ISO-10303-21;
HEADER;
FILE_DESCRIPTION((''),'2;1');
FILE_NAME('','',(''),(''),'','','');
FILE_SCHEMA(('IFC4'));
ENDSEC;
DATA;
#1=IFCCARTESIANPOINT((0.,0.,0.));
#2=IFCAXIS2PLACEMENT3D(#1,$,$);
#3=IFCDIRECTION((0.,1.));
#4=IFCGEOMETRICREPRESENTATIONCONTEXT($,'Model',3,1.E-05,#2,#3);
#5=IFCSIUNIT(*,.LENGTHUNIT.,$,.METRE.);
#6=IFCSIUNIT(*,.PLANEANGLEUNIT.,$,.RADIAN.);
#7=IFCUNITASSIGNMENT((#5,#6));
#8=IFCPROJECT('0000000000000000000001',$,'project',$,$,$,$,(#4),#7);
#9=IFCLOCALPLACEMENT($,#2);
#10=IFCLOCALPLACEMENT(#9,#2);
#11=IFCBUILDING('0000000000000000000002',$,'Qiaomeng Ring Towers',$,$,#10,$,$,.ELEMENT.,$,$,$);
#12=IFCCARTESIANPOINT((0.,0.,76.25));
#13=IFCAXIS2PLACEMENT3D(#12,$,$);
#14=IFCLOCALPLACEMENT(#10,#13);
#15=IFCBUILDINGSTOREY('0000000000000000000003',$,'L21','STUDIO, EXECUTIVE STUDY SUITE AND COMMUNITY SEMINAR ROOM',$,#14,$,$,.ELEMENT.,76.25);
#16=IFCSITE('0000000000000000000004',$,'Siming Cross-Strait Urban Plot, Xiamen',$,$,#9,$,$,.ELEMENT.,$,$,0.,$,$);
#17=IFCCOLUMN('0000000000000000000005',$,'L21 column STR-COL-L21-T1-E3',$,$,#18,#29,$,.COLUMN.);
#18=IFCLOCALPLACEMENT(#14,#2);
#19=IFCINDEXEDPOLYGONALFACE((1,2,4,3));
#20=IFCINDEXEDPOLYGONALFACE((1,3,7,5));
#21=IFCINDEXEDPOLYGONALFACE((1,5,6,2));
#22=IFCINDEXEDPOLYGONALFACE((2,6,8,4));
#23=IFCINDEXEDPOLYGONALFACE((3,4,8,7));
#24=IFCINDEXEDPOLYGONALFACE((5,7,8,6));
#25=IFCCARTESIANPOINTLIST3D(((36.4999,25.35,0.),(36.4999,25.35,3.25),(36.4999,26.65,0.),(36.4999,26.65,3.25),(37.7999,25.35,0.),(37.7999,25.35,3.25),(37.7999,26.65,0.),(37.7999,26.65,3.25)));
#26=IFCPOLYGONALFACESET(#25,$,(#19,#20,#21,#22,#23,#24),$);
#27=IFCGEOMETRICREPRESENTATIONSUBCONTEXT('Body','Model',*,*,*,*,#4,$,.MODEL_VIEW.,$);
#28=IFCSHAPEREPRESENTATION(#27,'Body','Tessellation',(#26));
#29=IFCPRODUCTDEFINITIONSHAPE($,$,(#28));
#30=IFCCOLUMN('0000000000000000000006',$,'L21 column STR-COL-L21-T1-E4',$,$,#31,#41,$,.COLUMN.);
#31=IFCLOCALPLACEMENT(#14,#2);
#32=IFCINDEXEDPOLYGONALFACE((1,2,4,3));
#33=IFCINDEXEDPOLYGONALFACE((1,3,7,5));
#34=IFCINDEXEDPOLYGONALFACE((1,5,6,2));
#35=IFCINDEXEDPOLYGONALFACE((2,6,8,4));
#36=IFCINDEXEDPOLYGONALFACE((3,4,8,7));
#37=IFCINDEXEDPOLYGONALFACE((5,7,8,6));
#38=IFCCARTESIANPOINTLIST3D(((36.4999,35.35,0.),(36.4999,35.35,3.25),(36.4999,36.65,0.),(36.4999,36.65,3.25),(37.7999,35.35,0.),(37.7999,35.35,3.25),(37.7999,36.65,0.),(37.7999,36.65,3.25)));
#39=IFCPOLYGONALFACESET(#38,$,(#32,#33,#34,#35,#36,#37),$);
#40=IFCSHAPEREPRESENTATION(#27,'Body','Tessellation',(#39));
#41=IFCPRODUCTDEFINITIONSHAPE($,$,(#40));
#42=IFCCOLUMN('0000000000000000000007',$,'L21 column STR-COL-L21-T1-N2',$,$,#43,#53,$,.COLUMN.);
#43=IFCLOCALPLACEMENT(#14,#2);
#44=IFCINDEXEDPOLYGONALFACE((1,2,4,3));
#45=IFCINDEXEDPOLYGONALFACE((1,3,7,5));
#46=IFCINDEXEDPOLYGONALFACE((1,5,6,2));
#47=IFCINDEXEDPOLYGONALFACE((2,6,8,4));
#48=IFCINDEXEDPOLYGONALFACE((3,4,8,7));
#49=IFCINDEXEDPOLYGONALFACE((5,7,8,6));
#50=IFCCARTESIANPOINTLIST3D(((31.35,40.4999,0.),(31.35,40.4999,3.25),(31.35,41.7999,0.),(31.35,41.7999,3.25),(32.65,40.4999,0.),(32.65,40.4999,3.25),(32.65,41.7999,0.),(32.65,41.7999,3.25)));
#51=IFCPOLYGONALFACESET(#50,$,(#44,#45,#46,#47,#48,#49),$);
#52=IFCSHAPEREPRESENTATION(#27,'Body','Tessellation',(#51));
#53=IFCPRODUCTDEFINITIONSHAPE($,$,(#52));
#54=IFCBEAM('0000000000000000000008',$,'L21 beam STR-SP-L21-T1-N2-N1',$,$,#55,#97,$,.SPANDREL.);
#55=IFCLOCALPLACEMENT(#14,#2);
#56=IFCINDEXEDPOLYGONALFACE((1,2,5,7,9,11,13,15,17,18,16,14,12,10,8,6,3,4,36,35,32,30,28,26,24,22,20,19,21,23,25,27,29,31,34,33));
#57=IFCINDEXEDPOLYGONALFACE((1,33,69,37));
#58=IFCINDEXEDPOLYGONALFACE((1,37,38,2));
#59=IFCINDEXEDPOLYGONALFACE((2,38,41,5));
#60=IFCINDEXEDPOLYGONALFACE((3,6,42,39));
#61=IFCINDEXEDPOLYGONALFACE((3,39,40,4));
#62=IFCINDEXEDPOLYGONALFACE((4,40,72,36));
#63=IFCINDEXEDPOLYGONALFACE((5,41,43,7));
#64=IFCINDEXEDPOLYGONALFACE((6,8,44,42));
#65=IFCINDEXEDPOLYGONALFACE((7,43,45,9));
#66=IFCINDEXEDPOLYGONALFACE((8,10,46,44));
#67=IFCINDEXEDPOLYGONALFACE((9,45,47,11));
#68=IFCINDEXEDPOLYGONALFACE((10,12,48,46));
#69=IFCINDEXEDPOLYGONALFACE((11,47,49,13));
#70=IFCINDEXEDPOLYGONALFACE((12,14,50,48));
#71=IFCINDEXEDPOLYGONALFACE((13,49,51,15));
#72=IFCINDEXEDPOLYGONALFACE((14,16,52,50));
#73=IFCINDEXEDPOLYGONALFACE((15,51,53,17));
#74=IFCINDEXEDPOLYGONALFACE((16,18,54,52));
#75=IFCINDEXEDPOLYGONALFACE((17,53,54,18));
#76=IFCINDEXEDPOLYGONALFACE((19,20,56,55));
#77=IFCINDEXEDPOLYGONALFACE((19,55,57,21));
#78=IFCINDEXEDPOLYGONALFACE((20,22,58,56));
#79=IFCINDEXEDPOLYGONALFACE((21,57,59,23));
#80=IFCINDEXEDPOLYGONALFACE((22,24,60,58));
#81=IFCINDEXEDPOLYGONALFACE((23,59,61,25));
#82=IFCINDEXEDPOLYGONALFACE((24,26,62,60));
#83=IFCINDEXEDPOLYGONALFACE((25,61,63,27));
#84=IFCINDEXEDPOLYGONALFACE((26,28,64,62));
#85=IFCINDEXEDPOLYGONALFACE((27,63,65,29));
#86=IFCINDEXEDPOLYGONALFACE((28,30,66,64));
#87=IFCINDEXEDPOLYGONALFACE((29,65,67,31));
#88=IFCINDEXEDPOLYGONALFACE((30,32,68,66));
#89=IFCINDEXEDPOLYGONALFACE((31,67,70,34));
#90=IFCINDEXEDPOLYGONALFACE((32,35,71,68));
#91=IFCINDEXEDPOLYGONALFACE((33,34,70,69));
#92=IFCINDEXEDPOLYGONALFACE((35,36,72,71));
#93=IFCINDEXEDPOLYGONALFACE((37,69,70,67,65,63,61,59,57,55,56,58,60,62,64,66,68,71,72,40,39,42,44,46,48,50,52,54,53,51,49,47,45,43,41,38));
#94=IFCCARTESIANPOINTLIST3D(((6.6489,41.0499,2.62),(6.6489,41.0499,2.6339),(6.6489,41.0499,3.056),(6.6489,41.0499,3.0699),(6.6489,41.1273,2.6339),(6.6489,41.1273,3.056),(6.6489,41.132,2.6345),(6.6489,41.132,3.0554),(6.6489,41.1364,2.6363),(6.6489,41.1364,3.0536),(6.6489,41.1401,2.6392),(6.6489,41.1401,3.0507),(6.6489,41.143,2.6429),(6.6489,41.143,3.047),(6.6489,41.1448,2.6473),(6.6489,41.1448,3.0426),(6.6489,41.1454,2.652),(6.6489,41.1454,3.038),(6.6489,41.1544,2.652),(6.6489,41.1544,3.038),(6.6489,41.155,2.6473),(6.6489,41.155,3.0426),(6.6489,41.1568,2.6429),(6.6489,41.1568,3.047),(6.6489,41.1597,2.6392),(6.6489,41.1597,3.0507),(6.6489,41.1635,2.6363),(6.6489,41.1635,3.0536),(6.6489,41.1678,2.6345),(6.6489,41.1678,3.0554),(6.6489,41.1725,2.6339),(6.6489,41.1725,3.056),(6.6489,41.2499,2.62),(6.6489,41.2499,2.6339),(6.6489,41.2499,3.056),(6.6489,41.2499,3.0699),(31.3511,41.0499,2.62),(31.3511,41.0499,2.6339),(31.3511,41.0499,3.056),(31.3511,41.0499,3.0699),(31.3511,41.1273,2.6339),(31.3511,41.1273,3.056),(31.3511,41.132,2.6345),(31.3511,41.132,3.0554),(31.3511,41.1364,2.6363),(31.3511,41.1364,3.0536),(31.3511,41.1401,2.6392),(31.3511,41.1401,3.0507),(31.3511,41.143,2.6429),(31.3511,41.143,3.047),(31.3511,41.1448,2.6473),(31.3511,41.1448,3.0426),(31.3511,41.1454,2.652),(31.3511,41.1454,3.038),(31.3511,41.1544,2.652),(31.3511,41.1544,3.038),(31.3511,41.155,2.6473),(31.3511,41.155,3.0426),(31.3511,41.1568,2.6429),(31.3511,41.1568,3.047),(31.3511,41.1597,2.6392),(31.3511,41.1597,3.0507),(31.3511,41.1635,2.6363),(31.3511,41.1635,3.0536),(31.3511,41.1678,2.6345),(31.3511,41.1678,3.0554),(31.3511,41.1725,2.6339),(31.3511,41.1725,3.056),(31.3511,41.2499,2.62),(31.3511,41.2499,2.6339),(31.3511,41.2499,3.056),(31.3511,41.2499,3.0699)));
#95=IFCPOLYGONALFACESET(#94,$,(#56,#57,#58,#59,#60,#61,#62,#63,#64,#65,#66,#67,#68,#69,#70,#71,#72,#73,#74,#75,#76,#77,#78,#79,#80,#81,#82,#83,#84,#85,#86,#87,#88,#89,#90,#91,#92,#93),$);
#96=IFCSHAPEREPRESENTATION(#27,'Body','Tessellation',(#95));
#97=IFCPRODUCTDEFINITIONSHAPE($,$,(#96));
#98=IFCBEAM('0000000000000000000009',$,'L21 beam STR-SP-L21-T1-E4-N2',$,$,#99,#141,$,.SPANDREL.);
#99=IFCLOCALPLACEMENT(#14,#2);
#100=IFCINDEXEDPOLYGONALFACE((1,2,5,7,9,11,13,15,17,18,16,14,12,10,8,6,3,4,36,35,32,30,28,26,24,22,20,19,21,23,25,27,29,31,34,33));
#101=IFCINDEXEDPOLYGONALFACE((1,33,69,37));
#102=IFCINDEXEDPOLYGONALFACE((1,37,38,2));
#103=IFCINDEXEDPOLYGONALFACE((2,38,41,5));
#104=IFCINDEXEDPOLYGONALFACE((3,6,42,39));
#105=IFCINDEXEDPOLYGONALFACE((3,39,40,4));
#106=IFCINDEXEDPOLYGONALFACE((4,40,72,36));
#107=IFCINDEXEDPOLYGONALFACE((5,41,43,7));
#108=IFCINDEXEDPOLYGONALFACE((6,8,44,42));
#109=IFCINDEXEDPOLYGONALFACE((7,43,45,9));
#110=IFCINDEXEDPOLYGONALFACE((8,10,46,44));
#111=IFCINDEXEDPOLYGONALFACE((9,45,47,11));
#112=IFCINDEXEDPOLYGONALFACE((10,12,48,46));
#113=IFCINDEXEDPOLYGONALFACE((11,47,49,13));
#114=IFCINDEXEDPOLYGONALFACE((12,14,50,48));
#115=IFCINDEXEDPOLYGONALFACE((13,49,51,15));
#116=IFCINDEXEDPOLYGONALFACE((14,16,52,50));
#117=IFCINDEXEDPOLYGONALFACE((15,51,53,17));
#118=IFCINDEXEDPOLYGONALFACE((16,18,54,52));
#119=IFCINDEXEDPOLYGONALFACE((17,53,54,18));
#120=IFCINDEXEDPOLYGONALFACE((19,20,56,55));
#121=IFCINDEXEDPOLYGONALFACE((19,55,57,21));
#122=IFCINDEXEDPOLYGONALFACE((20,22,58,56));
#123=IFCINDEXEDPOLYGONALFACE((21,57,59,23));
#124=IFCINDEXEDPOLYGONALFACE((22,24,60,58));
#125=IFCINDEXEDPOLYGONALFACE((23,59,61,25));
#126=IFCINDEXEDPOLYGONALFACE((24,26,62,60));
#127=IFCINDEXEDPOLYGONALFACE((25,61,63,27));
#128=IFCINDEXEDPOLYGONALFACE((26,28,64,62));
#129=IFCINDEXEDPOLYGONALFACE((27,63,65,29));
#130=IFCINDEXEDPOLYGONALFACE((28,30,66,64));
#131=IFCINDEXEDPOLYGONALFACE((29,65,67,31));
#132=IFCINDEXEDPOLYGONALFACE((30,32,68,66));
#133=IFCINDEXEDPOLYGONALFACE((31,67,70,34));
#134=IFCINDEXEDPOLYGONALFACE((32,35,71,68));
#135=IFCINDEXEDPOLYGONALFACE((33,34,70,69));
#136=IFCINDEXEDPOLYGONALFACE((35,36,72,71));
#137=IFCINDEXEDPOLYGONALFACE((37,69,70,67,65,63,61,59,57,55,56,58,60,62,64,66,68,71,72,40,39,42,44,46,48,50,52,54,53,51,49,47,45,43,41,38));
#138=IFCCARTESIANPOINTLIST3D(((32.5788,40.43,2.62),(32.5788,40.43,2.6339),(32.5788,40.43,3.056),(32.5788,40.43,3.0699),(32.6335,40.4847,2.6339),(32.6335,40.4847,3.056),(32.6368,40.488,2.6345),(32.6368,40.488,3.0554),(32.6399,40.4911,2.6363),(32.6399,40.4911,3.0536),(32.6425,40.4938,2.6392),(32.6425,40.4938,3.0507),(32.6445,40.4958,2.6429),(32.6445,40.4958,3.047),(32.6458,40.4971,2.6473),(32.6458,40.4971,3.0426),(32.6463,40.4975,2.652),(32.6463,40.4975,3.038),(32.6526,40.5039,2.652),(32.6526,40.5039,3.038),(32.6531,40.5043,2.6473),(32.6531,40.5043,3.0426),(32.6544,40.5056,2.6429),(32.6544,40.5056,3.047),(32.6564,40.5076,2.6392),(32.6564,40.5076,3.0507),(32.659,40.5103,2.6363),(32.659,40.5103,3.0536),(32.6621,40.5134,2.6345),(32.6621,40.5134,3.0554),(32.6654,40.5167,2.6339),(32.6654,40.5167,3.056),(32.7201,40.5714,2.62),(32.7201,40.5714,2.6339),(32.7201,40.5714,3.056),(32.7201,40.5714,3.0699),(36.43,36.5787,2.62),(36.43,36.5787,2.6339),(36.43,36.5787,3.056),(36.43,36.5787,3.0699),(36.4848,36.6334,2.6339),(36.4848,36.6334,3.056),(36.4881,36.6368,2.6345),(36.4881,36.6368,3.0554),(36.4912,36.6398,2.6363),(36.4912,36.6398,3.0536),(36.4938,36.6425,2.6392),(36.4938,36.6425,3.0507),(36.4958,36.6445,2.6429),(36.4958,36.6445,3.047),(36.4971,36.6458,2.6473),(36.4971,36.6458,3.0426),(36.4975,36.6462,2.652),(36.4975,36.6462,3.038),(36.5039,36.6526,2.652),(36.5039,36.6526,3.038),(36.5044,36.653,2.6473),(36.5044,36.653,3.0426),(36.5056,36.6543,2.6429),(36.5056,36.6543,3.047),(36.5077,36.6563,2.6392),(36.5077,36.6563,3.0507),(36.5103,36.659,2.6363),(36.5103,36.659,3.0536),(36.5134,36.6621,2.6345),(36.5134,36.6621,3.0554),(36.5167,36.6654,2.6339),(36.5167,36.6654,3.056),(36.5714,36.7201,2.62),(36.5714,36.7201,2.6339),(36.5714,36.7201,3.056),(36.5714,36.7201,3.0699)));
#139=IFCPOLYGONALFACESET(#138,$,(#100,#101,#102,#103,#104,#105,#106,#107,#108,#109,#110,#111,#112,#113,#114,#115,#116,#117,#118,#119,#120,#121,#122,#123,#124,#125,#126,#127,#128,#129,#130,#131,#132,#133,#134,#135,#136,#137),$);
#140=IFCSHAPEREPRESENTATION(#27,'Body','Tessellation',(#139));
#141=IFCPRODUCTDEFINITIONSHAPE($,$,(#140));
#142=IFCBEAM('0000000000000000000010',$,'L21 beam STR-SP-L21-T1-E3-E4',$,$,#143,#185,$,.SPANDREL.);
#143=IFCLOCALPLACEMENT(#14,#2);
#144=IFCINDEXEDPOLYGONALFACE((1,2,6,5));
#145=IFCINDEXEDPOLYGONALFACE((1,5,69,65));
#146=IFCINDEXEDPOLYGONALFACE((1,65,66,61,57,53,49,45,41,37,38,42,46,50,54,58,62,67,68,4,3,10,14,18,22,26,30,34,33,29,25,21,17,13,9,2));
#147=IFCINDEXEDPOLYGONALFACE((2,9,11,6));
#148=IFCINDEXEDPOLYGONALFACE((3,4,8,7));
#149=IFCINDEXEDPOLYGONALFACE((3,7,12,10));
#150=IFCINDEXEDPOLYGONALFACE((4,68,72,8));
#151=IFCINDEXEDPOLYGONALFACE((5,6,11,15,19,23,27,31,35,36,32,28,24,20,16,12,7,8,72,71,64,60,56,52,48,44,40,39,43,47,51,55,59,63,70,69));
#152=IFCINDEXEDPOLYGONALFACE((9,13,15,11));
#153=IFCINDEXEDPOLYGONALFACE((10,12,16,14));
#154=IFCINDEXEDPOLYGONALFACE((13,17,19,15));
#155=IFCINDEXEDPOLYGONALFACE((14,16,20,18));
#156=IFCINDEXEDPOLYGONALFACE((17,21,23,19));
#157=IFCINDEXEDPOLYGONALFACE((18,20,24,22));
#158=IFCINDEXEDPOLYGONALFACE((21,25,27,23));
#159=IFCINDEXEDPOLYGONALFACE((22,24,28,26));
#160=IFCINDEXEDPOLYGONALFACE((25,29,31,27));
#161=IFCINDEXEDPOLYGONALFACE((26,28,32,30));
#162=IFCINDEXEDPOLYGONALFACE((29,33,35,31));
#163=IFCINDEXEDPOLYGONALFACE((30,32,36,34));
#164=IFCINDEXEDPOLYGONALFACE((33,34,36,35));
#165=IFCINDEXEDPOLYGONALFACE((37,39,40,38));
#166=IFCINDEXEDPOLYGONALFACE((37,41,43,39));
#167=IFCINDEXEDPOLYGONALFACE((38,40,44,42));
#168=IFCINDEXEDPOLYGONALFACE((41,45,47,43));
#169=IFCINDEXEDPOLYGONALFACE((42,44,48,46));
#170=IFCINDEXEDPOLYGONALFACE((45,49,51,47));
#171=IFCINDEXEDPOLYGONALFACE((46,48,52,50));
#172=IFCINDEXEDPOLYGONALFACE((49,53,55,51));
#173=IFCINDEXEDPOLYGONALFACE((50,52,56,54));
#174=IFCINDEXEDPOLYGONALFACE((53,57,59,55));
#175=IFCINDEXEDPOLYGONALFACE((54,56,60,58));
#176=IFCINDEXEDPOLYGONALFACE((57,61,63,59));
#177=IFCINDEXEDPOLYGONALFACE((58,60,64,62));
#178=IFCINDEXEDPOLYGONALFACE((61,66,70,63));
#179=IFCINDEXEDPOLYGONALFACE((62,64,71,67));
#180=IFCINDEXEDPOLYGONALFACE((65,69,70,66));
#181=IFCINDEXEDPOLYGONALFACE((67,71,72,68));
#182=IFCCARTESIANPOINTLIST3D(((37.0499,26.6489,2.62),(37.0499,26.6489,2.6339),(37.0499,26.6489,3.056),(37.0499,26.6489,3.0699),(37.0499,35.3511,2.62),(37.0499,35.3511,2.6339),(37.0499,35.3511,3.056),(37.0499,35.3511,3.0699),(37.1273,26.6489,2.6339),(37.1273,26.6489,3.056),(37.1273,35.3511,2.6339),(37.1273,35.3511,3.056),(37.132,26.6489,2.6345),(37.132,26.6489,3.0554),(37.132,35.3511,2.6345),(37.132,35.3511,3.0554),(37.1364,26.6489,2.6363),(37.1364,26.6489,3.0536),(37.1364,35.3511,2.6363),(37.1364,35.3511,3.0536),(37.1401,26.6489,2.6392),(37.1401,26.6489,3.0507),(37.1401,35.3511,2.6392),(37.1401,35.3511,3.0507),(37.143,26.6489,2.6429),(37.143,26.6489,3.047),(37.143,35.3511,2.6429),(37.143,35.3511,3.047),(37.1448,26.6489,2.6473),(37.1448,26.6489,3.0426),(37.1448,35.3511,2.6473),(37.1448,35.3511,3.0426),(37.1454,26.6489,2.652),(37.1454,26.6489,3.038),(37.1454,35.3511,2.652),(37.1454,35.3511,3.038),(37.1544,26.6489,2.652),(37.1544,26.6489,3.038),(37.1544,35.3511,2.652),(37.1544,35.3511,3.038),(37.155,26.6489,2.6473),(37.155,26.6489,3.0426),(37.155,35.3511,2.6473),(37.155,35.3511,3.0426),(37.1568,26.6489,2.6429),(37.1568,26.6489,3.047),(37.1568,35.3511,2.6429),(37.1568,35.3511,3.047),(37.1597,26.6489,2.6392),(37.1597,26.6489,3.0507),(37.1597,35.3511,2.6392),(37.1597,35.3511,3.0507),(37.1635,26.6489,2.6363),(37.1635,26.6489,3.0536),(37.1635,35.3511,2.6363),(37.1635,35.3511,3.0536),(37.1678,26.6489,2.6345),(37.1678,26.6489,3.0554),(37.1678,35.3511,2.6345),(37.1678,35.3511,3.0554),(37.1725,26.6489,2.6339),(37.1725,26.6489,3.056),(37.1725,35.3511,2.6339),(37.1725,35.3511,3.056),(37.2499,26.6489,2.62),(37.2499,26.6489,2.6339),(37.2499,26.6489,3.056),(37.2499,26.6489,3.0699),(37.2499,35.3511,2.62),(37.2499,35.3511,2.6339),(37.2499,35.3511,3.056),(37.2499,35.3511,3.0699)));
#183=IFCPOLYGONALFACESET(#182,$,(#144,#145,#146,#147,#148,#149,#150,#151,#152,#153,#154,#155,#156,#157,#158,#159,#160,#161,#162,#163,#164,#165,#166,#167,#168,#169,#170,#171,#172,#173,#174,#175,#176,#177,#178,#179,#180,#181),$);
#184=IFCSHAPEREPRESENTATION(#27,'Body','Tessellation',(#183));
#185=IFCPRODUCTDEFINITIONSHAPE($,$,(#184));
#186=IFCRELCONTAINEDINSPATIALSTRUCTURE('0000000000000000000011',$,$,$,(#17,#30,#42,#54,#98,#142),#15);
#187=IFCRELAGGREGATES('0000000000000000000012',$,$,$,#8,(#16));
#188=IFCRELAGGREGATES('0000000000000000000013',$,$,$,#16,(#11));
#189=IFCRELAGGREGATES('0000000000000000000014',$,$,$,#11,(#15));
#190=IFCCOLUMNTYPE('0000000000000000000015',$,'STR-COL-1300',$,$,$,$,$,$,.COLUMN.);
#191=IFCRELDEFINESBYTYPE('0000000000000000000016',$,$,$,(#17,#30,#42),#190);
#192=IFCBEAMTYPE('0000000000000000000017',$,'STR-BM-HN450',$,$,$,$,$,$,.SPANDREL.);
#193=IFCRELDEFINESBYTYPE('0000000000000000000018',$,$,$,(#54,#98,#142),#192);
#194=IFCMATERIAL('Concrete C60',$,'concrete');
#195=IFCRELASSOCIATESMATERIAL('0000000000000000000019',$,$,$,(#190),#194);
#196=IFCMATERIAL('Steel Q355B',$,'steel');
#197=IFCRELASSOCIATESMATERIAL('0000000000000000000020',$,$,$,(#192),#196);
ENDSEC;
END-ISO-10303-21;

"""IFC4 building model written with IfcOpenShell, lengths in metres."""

from ifc_helpers import new_model, si_unit, direction, frame, origin, origin_2d, place, context, subcontext, project, spatial, rectangle, i_section, extrude, source, transform, mapped, material, material_profile, profile_set, type_object, element, save


model = new_model("IFC4")

# Units and contexts
model_context = context("Model", 3, precision=1e-05, world=origin(), true_north=direction((0.0, 1.0)))
body_context = subcontext(model_context, "Body", "Model", "MODEL_VIEW")
ifc_project = project(units=[si_unit("LENGTHUNIT", "METRE"), si_unit("PLANEANGLEUNIT", "RADIAN")], contexts=[model_context])

# Site, building, storey
site_placement = place(None, origin())
site = spatial("IfcSite", under=ifc_project, at=site_placement, Name="Siming Cross-Strait Urban Plot, Xiamen", CompositionType="ELEMENT", RefElevation=0.0)
building_placement = place(site_placement, origin())
building = spatial("IfcBuilding", under=site, at=building_placement, Name="Qiaomeng Ring Towers", CompositionType="ELEMENT")
storey_placement = place(building_placement, frame((0.0, 0.0, 76.25)))
storey = spatial("IfcBuildingStorey", under=building, at=storey_placement, Name="L21", Description="STUDIO, EXECUTIVE STUDY SUITE AND COMMUNITY SEMINAR ROOM", CompositionType="ELEMENT", Elevation=76.25)

# Columns
ifc_material_1 = material(Name="Concrete C60", Category="concrete")
ifc_material_profile_1 = material_profile(ifc_material_1, rectangle(XDim=1.3, YDim=1.3, at=origin_2d()), Name="RC COL 1300x1300")
ifc_profile_set_1 = profile_set([ifc_material_profile_1], Name="Concrete C60")
column_type = type_object("IfcColumnType", Name="STR-COL-1300", PredefinedType="COLUMN", material=ifc_profile_set_1)
shared_shape_1 = source(origin(), body_context, "Body", "SweptSolid", [
    extrude(rectangle(XDim=1.3, YDim=1.3, at=origin_2d()), origin(), (0.0, 0.0, 1.0), 3.25),
])
for number, where, z_axis, x_axis, name in (
    (1, (37.1499, 26.0, 0.0), (0.0, 0.0, 1.0), (1.0, 0.0, 0.0), "L21 column STR-COL-L21-T1-E3"),
    (2, (37.1499, 36.0, 0.0), (0.0, 0.0, 1.0), (1.0, 0.0, 0.0), "L21 column STR-COL-L21-T1-E4"),
    (3, (32.0, 41.1499, 0.0), (0.0, 0.0, 1.0), (1.0, 0.0, 0.0), "L21 column STR-COL-L21-T1-N2"),
):
    element("IfcColumn", number, at=place(storey_placement, frame(where, z_axis=z_axis, x_axis=x_axis)), inside=storey, type_object=column_type, Name=name, PredefinedType="COLUMN", context=body_context, shape_type="MappedRepresentation", body=[
        mapped(shared_shape_1, transform((0.0, 0.0, 0.0), x_axis=(1.0, 0.0, 0.0), y_axis=(0.0, 1.0, 0.0), z_axis=(0.0, 0.0, 1.0), scale=1.0)),
    ])

# Beams
ifc_material_2 = material(Name="Steel Q355B", Category="steel")
ifc_material_profile_2 = material_profile(ifc_material_2, i_section(OverallWidth=0.2, OverallDepth=0.45, WebThickness=0.009, FlangeThickness=0.0139, FilletRadius=0.0181, at=origin_2d()), Name="HN 450x200x9x14")
ifc_profile_set_2 = profile_set([ifc_material_profile_2], Name="Steel Q355B")
beam_type_1 = type_object("IfcBeamType", Name="STR-BM-HN450", PredefinedType="SPANDREL", material=ifc_profile_set_2)
shared_shape_2 = source(origin(), body_context, "Body", "SweptSolid", [
    extrude(i_section(OverallWidth=0.2, OverallDepth=0.45, WebThickness=0.009, FlangeThickness=0.0139, FilletRadius=0.0181, at=origin_2d()), origin(), (0.0, 0.0, 1.0), 24.7021),
])
beam_1_placement = place(storey_placement, frame((31.3511, 41.1499, 2.845), z_axis=(-1.0, 0.0, 0.0), x_axis=(0.0, -1.0, 0.0)))
element("IfcBeam", 4, at=beam_1_placement, inside=storey, type_object=beam_type_1, Name="L21 beam STR-SP-L21-T1-N2-N1", PredefinedType="SPANDREL", context=body_context, shape_type="MappedRepresentation", body=[
    mapped(shared_shape_2, transform((0.0, 0.0, 0.0), x_axis=(1.0, 0.0, 0.0), y_axis=(0.0, 1.0, 0.0), z_axis=(0.0, 0.0, 1.0), scale=1.0)),
])
shared_shape_3 = source(origin(), body_context, "Body", "SweptSolid", [
    extrude(i_section(OverallWidth=0.2, OverallDepth=0.45, WebThickness=0.009, FlangeThickness=0.0139, FilletRadius=0.0181, at=origin_2d()), origin(), (0.0, 0.0, 1.0), 5.4465),
])
beam_2_placement = place(storey_placement, frame((36.5007, 36.6494, 2.845), z_axis=(-0.707107, 0.707107, 0.0), x_axis=(-0.707107, -0.707107, 0.0)))
element("IfcBeam", 5, at=beam_2_placement, inside=storey, type_object=beam_type_1, Name="L21 beam STR-SP-L21-T1-E4-N2", PredefinedType="SPANDREL", context=body_context, shape_type="MappedRepresentation", body=[
    mapped(shared_shape_3, transform((0.0, 0.0, 0.0), x_axis=(1.0, 0.0, 0.0), y_axis=(0.0, 1.0, 0.0), z_axis=(0.0, 0.0, 1.0), scale=1.0)),
])
shared_shape_4 = source(origin(), body_context, "Body", "SweptSolid", [
    extrude(i_section(OverallWidth=0.2, OverallDepth=0.45, WebThickness=0.009, FlangeThickness=0.0139, FilletRadius=0.0181, at=origin_2d()), origin(), (0.0, 0.0, 1.0), 8.7021),
])
beam_3_placement = place(storey_placement, frame((37.1499, 26.6489, 2.845), z_axis=(0.0, 1.0, 0.0), x_axis=(-1.0, 0.0, 0.0)))
element("IfcBeam", 6, at=beam_3_placement, inside=storey, type_object=beam_type_1, Name="L21 beam STR-SP-L21-T1-E3-E4", PredefinedType="SPANDREL", context=body_context, shape_type="MappedRepresentation", body=[
    mapped(shared_shape_4, transform((0.0, 0.0, 0.0), x_axis=(1.0, 0.0, 0.0), y_axis=(0.0, 1.0, 0.0), z_axis=(0.0, 0.0, 1.0), scale=1.0)),
])

save(model, "model.ifc")
